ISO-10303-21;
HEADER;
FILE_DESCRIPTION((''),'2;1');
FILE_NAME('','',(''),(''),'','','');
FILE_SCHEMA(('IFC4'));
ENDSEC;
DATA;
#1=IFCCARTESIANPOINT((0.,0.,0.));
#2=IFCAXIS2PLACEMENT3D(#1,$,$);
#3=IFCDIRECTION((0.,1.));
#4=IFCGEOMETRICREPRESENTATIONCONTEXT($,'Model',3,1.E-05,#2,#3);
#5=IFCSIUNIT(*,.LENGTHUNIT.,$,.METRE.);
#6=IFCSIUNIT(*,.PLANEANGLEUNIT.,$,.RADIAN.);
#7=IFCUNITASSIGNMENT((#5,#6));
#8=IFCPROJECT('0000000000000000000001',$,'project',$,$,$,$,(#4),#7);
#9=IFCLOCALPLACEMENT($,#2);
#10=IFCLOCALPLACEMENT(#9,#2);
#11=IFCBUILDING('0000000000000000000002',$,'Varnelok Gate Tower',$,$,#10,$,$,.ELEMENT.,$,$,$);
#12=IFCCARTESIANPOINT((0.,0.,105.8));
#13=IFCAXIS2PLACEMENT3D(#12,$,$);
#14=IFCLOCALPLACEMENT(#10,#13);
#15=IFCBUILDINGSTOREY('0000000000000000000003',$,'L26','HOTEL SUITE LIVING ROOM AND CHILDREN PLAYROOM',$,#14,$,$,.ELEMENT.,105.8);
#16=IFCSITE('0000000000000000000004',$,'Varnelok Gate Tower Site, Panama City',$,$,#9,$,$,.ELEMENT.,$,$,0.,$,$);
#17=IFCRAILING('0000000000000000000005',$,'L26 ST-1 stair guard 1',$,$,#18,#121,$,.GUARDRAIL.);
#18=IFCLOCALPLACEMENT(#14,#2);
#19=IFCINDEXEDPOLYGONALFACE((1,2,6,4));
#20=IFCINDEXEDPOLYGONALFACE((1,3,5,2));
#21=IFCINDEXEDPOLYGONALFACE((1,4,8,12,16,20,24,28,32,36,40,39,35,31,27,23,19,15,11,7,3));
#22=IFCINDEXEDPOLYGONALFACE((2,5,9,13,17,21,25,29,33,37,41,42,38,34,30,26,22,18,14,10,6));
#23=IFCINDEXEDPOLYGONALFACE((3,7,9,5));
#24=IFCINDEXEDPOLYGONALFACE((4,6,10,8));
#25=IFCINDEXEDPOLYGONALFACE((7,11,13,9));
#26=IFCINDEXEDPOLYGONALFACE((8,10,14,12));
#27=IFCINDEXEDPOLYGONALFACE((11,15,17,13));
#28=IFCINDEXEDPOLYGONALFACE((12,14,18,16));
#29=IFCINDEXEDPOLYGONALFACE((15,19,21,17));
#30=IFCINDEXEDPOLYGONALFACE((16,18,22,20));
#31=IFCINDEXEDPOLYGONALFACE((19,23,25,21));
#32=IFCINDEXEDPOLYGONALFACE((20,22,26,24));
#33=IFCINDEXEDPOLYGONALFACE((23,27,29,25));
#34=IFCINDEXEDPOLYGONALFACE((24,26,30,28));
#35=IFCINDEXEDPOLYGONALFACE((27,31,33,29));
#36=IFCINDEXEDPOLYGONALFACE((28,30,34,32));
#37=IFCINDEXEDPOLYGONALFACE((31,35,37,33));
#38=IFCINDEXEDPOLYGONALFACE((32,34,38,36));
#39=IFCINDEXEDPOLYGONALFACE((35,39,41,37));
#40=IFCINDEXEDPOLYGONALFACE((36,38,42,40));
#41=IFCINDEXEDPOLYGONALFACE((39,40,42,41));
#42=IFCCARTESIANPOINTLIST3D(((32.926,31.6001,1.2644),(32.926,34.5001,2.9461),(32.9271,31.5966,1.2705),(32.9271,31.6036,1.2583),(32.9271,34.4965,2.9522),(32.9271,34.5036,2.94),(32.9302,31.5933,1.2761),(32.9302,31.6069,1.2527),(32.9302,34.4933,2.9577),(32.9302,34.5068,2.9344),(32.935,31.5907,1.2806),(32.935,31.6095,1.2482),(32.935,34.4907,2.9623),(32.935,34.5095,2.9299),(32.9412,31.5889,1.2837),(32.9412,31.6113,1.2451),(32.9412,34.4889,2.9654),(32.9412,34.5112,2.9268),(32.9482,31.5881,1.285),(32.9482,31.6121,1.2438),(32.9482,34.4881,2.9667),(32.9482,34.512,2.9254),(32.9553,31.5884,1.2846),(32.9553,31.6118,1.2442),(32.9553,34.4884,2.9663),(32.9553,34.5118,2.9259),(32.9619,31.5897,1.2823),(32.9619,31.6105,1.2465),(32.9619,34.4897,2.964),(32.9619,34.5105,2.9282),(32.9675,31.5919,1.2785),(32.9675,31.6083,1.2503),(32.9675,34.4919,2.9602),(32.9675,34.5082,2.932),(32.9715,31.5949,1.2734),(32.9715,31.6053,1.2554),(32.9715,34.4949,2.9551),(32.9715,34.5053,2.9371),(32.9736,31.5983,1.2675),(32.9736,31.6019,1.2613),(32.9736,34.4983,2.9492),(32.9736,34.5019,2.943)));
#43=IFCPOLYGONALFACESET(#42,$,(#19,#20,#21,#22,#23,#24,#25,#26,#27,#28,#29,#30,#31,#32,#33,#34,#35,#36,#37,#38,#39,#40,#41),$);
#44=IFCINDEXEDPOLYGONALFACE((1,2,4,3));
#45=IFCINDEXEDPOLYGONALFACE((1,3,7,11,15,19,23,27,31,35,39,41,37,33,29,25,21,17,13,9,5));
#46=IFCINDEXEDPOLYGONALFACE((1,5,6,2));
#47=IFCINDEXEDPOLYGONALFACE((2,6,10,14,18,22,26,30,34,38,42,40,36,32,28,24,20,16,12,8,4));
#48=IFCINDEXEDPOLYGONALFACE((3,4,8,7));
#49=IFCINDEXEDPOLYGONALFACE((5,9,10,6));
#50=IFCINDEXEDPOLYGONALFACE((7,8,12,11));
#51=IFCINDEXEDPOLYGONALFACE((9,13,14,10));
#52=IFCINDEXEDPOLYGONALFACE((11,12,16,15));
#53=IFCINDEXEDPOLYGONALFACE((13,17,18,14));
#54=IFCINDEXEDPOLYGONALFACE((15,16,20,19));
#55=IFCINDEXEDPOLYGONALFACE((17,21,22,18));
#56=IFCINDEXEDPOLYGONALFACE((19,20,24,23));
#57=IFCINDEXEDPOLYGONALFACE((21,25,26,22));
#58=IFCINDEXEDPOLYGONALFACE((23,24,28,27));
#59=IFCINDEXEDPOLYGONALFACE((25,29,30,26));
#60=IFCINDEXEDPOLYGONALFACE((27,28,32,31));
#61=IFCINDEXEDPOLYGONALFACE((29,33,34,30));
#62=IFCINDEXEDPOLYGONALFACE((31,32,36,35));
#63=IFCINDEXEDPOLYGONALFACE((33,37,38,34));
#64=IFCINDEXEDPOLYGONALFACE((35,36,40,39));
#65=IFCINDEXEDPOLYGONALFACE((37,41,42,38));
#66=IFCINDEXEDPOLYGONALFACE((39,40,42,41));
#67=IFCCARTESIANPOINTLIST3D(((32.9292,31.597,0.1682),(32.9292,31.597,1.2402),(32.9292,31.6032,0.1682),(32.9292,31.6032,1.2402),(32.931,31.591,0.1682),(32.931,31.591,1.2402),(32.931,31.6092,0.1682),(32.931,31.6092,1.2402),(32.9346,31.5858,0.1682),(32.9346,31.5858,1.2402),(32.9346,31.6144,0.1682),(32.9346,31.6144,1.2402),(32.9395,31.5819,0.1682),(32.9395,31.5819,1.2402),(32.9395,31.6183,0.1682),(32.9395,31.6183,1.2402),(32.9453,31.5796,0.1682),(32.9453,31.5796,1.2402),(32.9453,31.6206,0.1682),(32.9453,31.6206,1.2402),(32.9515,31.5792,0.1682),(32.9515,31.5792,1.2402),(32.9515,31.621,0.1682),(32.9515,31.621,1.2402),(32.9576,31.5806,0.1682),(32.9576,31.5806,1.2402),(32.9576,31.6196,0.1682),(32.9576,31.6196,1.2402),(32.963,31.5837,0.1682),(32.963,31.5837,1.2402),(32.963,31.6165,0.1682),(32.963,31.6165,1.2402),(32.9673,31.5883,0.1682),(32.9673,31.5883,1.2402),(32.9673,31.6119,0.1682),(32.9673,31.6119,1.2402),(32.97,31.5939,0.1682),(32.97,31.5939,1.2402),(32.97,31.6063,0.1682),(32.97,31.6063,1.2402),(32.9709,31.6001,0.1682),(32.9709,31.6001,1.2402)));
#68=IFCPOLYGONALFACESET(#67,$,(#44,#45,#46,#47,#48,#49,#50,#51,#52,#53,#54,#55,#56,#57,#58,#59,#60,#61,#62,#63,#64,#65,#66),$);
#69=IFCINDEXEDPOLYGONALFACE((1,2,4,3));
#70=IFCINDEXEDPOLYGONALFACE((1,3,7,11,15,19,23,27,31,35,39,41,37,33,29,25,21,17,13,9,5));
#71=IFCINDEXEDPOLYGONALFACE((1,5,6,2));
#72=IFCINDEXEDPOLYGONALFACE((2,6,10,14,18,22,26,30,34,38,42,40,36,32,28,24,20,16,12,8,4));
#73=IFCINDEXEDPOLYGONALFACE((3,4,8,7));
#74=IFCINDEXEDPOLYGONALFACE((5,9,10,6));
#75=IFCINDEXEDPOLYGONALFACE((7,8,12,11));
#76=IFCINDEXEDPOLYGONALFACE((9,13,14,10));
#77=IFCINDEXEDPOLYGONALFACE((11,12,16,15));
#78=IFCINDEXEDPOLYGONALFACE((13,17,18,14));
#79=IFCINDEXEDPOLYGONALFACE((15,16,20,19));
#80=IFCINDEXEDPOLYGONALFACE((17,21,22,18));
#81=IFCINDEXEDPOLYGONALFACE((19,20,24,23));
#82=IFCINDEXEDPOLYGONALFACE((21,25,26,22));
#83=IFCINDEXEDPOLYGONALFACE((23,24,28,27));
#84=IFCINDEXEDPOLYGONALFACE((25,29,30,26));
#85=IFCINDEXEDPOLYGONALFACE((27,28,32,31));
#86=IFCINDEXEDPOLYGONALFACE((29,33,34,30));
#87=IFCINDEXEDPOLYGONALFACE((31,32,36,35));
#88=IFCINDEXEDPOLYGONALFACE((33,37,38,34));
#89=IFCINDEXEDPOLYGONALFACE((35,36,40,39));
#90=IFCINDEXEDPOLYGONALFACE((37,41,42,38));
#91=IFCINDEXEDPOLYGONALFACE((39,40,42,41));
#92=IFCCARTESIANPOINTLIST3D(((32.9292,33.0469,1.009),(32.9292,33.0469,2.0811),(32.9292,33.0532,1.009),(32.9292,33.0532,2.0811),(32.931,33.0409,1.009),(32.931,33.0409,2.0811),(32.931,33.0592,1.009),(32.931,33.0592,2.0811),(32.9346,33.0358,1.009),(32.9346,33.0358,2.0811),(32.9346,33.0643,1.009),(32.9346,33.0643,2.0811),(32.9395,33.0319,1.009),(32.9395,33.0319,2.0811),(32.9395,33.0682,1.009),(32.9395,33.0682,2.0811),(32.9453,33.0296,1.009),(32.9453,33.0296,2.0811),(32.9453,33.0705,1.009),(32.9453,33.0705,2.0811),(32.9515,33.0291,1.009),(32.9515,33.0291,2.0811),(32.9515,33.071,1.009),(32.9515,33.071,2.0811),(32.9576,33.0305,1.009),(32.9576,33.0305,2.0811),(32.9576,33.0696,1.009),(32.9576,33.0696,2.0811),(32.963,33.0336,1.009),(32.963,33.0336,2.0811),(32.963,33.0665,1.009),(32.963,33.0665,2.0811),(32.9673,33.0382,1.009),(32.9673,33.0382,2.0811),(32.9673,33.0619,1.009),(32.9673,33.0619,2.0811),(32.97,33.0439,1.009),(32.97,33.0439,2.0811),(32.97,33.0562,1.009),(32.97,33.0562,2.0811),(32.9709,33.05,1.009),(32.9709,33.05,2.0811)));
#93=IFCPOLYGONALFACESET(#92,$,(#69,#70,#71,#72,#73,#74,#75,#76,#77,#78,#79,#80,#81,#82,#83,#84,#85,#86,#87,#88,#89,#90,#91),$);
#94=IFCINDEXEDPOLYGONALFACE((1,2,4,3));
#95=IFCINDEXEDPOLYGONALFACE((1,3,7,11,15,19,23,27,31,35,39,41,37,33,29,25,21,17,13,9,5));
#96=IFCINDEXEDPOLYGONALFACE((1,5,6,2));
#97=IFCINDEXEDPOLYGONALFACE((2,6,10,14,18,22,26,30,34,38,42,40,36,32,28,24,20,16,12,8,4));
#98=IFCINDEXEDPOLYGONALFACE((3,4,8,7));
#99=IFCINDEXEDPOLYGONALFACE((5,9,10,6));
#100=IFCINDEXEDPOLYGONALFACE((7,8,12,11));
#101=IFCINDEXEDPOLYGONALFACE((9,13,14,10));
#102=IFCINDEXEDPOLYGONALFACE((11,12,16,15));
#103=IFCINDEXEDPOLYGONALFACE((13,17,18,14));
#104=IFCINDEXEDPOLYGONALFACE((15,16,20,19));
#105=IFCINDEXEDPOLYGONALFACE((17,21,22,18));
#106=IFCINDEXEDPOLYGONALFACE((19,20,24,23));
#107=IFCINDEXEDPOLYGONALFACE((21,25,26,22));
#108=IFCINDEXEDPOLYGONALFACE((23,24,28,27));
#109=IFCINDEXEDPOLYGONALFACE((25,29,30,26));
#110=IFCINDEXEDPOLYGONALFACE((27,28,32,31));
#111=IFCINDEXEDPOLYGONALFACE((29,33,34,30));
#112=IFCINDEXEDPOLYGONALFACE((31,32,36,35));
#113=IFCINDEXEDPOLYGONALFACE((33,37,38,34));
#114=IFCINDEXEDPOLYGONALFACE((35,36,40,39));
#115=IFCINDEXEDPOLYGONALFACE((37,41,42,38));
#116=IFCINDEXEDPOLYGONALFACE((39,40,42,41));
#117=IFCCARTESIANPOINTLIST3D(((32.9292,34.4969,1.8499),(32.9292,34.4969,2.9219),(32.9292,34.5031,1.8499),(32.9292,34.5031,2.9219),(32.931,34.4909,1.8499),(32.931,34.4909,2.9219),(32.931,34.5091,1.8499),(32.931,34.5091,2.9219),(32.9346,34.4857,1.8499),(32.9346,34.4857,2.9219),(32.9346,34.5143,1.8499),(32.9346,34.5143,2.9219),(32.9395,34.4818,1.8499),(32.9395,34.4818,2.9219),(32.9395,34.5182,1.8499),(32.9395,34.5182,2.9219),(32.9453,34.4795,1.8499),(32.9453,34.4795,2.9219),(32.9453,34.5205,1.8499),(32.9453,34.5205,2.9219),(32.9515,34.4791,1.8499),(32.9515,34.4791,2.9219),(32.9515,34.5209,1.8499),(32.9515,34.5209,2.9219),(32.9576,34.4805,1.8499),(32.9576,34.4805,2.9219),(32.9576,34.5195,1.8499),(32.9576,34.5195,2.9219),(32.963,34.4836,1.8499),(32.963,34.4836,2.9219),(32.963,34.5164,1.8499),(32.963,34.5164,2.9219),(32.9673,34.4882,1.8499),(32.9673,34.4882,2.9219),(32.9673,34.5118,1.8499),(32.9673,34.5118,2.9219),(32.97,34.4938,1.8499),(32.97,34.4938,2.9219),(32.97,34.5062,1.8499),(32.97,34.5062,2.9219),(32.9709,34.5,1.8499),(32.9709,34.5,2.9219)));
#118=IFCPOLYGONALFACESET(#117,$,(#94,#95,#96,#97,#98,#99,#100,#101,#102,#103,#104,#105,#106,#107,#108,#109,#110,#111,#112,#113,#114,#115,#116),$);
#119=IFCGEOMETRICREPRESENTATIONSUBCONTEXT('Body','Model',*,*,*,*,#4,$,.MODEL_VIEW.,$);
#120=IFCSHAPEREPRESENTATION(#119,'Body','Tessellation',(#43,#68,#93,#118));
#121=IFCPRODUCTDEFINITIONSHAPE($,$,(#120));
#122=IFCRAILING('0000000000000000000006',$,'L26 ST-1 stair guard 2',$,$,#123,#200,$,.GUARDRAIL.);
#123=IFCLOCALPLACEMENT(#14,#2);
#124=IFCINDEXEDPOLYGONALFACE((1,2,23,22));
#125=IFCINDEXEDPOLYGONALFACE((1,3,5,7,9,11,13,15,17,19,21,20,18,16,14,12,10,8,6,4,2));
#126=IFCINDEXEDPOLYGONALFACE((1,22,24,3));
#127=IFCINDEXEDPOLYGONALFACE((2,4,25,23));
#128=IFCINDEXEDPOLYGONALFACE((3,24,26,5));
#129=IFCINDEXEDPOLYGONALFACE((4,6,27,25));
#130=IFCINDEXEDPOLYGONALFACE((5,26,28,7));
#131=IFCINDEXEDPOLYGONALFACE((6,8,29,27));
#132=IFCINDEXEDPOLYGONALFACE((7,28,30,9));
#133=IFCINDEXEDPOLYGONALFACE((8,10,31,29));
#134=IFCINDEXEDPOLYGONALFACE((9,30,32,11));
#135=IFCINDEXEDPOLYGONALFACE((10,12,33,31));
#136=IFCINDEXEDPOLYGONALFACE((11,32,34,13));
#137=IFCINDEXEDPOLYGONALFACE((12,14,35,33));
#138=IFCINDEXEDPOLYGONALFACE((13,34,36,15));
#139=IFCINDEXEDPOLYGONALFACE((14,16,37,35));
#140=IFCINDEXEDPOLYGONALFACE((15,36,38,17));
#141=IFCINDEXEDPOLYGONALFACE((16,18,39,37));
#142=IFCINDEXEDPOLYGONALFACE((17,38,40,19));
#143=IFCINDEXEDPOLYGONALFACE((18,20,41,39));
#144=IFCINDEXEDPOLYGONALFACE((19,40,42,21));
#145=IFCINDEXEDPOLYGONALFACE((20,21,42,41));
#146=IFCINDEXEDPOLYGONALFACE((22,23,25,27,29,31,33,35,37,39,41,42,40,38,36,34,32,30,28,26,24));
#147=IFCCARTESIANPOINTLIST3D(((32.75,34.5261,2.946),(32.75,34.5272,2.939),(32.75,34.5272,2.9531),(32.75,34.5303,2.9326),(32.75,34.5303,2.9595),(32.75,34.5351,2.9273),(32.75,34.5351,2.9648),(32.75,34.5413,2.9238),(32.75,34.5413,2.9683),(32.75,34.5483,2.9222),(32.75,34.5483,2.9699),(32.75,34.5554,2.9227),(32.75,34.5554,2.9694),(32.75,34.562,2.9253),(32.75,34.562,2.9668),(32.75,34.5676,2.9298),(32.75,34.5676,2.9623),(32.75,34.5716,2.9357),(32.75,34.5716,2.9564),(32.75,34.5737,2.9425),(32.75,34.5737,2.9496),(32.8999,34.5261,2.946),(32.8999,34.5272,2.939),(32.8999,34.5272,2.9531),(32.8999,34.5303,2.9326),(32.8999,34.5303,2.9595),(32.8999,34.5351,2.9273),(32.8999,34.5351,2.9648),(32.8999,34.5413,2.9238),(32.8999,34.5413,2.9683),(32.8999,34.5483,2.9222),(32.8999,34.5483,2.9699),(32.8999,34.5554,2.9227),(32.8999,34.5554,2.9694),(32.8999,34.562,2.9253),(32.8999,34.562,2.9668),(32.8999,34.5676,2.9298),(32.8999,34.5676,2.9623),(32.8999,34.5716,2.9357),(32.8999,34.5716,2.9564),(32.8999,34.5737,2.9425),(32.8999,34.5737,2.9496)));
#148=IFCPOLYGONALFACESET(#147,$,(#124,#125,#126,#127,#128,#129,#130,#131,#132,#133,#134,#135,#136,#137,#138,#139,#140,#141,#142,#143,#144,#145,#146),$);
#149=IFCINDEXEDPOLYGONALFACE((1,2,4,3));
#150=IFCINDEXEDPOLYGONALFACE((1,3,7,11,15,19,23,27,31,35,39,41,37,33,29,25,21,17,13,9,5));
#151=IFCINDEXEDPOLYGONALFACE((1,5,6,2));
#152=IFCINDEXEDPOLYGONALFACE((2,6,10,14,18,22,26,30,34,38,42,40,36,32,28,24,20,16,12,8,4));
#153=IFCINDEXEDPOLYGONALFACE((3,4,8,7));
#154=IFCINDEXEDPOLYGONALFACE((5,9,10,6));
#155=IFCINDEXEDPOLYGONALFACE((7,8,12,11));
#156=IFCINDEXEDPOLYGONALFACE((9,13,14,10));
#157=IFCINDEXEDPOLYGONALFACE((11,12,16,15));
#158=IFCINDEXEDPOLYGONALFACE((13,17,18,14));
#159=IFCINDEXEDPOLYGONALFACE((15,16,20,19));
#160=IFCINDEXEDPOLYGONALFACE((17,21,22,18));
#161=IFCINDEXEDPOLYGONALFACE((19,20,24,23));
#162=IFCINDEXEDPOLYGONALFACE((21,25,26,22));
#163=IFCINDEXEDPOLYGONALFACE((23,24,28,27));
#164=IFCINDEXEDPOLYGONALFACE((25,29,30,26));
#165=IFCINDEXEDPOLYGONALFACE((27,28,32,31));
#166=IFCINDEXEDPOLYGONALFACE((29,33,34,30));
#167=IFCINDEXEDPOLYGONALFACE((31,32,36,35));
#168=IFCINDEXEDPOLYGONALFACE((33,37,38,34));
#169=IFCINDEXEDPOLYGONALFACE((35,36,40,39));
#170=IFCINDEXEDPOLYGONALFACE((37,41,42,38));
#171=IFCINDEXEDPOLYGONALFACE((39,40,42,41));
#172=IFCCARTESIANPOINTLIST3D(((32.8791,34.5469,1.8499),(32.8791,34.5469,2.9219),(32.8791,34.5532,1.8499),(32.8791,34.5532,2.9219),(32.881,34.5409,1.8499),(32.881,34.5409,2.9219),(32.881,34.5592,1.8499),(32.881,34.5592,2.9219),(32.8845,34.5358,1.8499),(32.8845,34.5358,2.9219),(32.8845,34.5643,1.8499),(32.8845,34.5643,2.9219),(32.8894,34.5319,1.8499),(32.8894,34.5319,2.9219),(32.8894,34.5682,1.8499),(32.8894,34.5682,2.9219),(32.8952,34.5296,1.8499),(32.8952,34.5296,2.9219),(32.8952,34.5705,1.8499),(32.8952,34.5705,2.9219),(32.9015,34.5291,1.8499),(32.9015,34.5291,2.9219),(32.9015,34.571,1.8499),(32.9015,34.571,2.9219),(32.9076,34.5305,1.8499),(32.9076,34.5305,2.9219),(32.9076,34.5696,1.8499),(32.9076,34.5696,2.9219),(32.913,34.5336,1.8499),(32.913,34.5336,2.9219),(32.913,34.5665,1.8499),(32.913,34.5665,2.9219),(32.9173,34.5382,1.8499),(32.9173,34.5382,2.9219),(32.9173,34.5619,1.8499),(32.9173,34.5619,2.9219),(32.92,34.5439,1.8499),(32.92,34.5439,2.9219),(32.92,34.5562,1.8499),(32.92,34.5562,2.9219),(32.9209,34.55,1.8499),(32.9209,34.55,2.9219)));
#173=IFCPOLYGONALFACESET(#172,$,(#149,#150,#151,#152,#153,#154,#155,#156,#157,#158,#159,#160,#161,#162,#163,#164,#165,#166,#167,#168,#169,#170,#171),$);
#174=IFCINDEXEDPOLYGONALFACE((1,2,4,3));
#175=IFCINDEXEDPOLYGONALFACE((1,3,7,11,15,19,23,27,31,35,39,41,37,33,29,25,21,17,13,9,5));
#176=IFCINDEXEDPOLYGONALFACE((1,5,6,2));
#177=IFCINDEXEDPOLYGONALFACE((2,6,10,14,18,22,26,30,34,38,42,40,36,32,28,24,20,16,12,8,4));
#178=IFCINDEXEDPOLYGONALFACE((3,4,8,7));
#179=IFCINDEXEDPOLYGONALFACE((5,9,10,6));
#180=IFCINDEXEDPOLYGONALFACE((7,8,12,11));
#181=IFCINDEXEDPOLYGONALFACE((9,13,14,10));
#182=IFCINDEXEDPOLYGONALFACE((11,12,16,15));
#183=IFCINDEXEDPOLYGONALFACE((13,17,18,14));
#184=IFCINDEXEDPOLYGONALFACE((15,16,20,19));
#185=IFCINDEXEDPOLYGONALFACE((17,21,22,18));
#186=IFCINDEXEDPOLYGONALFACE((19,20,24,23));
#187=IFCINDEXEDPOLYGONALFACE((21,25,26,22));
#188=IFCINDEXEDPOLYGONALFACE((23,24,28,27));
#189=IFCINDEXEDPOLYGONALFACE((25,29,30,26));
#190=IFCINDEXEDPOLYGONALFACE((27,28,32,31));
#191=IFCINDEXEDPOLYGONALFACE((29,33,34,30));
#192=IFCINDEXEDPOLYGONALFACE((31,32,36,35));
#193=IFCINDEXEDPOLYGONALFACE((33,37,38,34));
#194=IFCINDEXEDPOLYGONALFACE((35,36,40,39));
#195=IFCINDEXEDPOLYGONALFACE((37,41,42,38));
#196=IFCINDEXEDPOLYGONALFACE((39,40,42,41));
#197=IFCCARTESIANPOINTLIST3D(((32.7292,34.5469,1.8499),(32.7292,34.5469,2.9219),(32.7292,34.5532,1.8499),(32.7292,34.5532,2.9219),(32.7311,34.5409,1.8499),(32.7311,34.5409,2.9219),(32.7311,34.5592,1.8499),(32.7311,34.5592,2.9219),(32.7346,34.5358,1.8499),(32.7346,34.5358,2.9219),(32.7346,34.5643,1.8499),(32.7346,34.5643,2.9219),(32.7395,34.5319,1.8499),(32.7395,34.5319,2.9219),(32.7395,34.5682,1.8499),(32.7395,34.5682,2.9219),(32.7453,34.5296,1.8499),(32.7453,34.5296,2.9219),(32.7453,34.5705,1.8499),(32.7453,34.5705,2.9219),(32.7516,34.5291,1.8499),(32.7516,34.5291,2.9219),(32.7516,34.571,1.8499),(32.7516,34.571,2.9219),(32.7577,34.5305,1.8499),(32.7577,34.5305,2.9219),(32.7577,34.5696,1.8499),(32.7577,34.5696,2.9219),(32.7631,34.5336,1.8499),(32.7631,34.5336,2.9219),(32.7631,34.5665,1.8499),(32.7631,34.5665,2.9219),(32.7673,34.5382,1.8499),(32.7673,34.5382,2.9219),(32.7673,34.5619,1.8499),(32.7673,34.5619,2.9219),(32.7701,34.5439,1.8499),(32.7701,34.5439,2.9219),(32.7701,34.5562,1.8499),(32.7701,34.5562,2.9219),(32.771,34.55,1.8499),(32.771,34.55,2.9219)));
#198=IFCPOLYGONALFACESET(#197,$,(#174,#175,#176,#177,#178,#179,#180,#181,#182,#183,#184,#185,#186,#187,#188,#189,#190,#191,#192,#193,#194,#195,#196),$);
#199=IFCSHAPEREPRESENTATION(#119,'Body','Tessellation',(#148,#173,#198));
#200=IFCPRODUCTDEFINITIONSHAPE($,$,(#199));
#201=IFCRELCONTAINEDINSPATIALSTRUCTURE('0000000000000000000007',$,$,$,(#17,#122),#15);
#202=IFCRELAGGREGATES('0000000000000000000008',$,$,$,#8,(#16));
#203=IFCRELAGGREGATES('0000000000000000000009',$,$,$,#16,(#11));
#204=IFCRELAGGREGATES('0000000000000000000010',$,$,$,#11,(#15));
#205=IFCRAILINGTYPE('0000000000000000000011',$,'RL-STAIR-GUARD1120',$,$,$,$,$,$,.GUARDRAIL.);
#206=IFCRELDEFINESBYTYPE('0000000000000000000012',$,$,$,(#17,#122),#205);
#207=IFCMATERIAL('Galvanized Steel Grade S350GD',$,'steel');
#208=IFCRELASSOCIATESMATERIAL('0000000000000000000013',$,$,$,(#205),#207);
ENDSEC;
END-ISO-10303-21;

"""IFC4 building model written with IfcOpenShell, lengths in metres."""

from ifc_helpers import new_model, si_unit, direction, frame, origin, origin_2d, place, context, subcontext, project, spatial, circle, extrude, material, type_object, element, save


model = new_model("IFC4")

# Units and contexts
model_context = context("Model", 3, precision=1e-05, world=origin(), true_north=direction((0.0, 1.0)))
body_context = subcontext(model_context, "Body", "Model", "MODEL_VIEW")
ifc_project = project(units=[si_unit("LENGTHUNIT", "METRE"), si_unit("PLANEANGLEUNIT", "RADIAN")], contexts=[model_context])

# Site, building, storey
site_placement = place(None, origin())
site = spatial("IfcSite", under=ifc_project, at=site_placement, Name="Varnelok Gate Tower Site, Panama City", CompositionType="ELEMENT", RefElevation=0.0)
building_placement = place(site_placement, origin())
building = spatial("IfcBuilding", under=site, at=building_placement, Name="Varnelok Gate Tower", CompositionType="ELEMENT")
storey_placement = place(building_placement, frame((0.0, 0.0, 105.8)))
storey = spatial("IfcBuildingStorey", under=building, at=storey_placement, Name="L26", Description="HOTEL SUITE LIVING ROOM AND CHILDREN PLAYROOM", CompositionType="ELEMENT", Elevation=105.8)

# Shared definitions
ifc_material_1 = material(Name="Galvanized Steel Grade S350GD", Category="steel")

# Railings
railing_type_1 = type_object("IfcRailingType", Name="RL-STAIR-GUARD1120", PredefinedType="GUARDRAIL", material=ifc_material_1)
railing_1_placement = place(storey_placement, frame((32.95, 31.6001, 0.1682)))
element("IfcRailing", 1, at=railing_1_placement, inside=storey, type_object=railing_type_1, Name="L26 ST-1 stair guard 1", PredefinedType="GUARDRAIL", context=body_context, shape_type="SweptSolid", body=[
    extrude(circle(Radius=0.0239, at=origin_2d()), frame((0.0, 0.0, 1.0962), z_axis=(0.0, 0.86507, 0.501651), x_axis=(-1.0, 0.0, 0.0)), (0.0, 0.0, 1.0), 3.3523),
    extrude(circle(Radius=0.021, at=origin_2d()), origin(), (0.0, 0.0, 1.0), 1.072),
    extrude(circle(Radius=0.021, at=origin_2d()), frame((0.0, 1.45, 0.8408)), (0.0, 0.0, 1.0), 1.072),
    extrude(circle(Radius=0.021, at=origin_2d()), frame((0.0, 2.8999, 1.6816)), (0.0, 0.0, 1.0), 1.072),
])
railing_2_placement = place(storey_placement, frame((32.8999, 34.55, 1.8499)))
element("IfcRailing", 2, at=railing_2_placement, inside=storey, type_object=railing_type_1, Name="L26 ST-1 stair guard 2", PredefinedType="GUARDRAIL", context=body_context, shape_type="SweptSolid", body=[
    extrude(circle(Radius=0.0239, at=origin_2d()), frame((0.0, 0.0, 1.0962), z_axis=(-1.0, 0.0, 0.0), x_axis=(0.0, -1.0, 0.0)), (0.0, 0.0, 1.0), 0.1499),
    extrude(circle(Radius=0.021, at=origin_2d()), origin(), (0.0, 0.0, 1.0), 1.072),
    extrude(circle(Radius=0.021, at=origin_2d()), frame((-0.1499, 0.0, 0.0)), (0.0, 0.0, 1.0), 1.072),
])

save(model, "model.ifc")
